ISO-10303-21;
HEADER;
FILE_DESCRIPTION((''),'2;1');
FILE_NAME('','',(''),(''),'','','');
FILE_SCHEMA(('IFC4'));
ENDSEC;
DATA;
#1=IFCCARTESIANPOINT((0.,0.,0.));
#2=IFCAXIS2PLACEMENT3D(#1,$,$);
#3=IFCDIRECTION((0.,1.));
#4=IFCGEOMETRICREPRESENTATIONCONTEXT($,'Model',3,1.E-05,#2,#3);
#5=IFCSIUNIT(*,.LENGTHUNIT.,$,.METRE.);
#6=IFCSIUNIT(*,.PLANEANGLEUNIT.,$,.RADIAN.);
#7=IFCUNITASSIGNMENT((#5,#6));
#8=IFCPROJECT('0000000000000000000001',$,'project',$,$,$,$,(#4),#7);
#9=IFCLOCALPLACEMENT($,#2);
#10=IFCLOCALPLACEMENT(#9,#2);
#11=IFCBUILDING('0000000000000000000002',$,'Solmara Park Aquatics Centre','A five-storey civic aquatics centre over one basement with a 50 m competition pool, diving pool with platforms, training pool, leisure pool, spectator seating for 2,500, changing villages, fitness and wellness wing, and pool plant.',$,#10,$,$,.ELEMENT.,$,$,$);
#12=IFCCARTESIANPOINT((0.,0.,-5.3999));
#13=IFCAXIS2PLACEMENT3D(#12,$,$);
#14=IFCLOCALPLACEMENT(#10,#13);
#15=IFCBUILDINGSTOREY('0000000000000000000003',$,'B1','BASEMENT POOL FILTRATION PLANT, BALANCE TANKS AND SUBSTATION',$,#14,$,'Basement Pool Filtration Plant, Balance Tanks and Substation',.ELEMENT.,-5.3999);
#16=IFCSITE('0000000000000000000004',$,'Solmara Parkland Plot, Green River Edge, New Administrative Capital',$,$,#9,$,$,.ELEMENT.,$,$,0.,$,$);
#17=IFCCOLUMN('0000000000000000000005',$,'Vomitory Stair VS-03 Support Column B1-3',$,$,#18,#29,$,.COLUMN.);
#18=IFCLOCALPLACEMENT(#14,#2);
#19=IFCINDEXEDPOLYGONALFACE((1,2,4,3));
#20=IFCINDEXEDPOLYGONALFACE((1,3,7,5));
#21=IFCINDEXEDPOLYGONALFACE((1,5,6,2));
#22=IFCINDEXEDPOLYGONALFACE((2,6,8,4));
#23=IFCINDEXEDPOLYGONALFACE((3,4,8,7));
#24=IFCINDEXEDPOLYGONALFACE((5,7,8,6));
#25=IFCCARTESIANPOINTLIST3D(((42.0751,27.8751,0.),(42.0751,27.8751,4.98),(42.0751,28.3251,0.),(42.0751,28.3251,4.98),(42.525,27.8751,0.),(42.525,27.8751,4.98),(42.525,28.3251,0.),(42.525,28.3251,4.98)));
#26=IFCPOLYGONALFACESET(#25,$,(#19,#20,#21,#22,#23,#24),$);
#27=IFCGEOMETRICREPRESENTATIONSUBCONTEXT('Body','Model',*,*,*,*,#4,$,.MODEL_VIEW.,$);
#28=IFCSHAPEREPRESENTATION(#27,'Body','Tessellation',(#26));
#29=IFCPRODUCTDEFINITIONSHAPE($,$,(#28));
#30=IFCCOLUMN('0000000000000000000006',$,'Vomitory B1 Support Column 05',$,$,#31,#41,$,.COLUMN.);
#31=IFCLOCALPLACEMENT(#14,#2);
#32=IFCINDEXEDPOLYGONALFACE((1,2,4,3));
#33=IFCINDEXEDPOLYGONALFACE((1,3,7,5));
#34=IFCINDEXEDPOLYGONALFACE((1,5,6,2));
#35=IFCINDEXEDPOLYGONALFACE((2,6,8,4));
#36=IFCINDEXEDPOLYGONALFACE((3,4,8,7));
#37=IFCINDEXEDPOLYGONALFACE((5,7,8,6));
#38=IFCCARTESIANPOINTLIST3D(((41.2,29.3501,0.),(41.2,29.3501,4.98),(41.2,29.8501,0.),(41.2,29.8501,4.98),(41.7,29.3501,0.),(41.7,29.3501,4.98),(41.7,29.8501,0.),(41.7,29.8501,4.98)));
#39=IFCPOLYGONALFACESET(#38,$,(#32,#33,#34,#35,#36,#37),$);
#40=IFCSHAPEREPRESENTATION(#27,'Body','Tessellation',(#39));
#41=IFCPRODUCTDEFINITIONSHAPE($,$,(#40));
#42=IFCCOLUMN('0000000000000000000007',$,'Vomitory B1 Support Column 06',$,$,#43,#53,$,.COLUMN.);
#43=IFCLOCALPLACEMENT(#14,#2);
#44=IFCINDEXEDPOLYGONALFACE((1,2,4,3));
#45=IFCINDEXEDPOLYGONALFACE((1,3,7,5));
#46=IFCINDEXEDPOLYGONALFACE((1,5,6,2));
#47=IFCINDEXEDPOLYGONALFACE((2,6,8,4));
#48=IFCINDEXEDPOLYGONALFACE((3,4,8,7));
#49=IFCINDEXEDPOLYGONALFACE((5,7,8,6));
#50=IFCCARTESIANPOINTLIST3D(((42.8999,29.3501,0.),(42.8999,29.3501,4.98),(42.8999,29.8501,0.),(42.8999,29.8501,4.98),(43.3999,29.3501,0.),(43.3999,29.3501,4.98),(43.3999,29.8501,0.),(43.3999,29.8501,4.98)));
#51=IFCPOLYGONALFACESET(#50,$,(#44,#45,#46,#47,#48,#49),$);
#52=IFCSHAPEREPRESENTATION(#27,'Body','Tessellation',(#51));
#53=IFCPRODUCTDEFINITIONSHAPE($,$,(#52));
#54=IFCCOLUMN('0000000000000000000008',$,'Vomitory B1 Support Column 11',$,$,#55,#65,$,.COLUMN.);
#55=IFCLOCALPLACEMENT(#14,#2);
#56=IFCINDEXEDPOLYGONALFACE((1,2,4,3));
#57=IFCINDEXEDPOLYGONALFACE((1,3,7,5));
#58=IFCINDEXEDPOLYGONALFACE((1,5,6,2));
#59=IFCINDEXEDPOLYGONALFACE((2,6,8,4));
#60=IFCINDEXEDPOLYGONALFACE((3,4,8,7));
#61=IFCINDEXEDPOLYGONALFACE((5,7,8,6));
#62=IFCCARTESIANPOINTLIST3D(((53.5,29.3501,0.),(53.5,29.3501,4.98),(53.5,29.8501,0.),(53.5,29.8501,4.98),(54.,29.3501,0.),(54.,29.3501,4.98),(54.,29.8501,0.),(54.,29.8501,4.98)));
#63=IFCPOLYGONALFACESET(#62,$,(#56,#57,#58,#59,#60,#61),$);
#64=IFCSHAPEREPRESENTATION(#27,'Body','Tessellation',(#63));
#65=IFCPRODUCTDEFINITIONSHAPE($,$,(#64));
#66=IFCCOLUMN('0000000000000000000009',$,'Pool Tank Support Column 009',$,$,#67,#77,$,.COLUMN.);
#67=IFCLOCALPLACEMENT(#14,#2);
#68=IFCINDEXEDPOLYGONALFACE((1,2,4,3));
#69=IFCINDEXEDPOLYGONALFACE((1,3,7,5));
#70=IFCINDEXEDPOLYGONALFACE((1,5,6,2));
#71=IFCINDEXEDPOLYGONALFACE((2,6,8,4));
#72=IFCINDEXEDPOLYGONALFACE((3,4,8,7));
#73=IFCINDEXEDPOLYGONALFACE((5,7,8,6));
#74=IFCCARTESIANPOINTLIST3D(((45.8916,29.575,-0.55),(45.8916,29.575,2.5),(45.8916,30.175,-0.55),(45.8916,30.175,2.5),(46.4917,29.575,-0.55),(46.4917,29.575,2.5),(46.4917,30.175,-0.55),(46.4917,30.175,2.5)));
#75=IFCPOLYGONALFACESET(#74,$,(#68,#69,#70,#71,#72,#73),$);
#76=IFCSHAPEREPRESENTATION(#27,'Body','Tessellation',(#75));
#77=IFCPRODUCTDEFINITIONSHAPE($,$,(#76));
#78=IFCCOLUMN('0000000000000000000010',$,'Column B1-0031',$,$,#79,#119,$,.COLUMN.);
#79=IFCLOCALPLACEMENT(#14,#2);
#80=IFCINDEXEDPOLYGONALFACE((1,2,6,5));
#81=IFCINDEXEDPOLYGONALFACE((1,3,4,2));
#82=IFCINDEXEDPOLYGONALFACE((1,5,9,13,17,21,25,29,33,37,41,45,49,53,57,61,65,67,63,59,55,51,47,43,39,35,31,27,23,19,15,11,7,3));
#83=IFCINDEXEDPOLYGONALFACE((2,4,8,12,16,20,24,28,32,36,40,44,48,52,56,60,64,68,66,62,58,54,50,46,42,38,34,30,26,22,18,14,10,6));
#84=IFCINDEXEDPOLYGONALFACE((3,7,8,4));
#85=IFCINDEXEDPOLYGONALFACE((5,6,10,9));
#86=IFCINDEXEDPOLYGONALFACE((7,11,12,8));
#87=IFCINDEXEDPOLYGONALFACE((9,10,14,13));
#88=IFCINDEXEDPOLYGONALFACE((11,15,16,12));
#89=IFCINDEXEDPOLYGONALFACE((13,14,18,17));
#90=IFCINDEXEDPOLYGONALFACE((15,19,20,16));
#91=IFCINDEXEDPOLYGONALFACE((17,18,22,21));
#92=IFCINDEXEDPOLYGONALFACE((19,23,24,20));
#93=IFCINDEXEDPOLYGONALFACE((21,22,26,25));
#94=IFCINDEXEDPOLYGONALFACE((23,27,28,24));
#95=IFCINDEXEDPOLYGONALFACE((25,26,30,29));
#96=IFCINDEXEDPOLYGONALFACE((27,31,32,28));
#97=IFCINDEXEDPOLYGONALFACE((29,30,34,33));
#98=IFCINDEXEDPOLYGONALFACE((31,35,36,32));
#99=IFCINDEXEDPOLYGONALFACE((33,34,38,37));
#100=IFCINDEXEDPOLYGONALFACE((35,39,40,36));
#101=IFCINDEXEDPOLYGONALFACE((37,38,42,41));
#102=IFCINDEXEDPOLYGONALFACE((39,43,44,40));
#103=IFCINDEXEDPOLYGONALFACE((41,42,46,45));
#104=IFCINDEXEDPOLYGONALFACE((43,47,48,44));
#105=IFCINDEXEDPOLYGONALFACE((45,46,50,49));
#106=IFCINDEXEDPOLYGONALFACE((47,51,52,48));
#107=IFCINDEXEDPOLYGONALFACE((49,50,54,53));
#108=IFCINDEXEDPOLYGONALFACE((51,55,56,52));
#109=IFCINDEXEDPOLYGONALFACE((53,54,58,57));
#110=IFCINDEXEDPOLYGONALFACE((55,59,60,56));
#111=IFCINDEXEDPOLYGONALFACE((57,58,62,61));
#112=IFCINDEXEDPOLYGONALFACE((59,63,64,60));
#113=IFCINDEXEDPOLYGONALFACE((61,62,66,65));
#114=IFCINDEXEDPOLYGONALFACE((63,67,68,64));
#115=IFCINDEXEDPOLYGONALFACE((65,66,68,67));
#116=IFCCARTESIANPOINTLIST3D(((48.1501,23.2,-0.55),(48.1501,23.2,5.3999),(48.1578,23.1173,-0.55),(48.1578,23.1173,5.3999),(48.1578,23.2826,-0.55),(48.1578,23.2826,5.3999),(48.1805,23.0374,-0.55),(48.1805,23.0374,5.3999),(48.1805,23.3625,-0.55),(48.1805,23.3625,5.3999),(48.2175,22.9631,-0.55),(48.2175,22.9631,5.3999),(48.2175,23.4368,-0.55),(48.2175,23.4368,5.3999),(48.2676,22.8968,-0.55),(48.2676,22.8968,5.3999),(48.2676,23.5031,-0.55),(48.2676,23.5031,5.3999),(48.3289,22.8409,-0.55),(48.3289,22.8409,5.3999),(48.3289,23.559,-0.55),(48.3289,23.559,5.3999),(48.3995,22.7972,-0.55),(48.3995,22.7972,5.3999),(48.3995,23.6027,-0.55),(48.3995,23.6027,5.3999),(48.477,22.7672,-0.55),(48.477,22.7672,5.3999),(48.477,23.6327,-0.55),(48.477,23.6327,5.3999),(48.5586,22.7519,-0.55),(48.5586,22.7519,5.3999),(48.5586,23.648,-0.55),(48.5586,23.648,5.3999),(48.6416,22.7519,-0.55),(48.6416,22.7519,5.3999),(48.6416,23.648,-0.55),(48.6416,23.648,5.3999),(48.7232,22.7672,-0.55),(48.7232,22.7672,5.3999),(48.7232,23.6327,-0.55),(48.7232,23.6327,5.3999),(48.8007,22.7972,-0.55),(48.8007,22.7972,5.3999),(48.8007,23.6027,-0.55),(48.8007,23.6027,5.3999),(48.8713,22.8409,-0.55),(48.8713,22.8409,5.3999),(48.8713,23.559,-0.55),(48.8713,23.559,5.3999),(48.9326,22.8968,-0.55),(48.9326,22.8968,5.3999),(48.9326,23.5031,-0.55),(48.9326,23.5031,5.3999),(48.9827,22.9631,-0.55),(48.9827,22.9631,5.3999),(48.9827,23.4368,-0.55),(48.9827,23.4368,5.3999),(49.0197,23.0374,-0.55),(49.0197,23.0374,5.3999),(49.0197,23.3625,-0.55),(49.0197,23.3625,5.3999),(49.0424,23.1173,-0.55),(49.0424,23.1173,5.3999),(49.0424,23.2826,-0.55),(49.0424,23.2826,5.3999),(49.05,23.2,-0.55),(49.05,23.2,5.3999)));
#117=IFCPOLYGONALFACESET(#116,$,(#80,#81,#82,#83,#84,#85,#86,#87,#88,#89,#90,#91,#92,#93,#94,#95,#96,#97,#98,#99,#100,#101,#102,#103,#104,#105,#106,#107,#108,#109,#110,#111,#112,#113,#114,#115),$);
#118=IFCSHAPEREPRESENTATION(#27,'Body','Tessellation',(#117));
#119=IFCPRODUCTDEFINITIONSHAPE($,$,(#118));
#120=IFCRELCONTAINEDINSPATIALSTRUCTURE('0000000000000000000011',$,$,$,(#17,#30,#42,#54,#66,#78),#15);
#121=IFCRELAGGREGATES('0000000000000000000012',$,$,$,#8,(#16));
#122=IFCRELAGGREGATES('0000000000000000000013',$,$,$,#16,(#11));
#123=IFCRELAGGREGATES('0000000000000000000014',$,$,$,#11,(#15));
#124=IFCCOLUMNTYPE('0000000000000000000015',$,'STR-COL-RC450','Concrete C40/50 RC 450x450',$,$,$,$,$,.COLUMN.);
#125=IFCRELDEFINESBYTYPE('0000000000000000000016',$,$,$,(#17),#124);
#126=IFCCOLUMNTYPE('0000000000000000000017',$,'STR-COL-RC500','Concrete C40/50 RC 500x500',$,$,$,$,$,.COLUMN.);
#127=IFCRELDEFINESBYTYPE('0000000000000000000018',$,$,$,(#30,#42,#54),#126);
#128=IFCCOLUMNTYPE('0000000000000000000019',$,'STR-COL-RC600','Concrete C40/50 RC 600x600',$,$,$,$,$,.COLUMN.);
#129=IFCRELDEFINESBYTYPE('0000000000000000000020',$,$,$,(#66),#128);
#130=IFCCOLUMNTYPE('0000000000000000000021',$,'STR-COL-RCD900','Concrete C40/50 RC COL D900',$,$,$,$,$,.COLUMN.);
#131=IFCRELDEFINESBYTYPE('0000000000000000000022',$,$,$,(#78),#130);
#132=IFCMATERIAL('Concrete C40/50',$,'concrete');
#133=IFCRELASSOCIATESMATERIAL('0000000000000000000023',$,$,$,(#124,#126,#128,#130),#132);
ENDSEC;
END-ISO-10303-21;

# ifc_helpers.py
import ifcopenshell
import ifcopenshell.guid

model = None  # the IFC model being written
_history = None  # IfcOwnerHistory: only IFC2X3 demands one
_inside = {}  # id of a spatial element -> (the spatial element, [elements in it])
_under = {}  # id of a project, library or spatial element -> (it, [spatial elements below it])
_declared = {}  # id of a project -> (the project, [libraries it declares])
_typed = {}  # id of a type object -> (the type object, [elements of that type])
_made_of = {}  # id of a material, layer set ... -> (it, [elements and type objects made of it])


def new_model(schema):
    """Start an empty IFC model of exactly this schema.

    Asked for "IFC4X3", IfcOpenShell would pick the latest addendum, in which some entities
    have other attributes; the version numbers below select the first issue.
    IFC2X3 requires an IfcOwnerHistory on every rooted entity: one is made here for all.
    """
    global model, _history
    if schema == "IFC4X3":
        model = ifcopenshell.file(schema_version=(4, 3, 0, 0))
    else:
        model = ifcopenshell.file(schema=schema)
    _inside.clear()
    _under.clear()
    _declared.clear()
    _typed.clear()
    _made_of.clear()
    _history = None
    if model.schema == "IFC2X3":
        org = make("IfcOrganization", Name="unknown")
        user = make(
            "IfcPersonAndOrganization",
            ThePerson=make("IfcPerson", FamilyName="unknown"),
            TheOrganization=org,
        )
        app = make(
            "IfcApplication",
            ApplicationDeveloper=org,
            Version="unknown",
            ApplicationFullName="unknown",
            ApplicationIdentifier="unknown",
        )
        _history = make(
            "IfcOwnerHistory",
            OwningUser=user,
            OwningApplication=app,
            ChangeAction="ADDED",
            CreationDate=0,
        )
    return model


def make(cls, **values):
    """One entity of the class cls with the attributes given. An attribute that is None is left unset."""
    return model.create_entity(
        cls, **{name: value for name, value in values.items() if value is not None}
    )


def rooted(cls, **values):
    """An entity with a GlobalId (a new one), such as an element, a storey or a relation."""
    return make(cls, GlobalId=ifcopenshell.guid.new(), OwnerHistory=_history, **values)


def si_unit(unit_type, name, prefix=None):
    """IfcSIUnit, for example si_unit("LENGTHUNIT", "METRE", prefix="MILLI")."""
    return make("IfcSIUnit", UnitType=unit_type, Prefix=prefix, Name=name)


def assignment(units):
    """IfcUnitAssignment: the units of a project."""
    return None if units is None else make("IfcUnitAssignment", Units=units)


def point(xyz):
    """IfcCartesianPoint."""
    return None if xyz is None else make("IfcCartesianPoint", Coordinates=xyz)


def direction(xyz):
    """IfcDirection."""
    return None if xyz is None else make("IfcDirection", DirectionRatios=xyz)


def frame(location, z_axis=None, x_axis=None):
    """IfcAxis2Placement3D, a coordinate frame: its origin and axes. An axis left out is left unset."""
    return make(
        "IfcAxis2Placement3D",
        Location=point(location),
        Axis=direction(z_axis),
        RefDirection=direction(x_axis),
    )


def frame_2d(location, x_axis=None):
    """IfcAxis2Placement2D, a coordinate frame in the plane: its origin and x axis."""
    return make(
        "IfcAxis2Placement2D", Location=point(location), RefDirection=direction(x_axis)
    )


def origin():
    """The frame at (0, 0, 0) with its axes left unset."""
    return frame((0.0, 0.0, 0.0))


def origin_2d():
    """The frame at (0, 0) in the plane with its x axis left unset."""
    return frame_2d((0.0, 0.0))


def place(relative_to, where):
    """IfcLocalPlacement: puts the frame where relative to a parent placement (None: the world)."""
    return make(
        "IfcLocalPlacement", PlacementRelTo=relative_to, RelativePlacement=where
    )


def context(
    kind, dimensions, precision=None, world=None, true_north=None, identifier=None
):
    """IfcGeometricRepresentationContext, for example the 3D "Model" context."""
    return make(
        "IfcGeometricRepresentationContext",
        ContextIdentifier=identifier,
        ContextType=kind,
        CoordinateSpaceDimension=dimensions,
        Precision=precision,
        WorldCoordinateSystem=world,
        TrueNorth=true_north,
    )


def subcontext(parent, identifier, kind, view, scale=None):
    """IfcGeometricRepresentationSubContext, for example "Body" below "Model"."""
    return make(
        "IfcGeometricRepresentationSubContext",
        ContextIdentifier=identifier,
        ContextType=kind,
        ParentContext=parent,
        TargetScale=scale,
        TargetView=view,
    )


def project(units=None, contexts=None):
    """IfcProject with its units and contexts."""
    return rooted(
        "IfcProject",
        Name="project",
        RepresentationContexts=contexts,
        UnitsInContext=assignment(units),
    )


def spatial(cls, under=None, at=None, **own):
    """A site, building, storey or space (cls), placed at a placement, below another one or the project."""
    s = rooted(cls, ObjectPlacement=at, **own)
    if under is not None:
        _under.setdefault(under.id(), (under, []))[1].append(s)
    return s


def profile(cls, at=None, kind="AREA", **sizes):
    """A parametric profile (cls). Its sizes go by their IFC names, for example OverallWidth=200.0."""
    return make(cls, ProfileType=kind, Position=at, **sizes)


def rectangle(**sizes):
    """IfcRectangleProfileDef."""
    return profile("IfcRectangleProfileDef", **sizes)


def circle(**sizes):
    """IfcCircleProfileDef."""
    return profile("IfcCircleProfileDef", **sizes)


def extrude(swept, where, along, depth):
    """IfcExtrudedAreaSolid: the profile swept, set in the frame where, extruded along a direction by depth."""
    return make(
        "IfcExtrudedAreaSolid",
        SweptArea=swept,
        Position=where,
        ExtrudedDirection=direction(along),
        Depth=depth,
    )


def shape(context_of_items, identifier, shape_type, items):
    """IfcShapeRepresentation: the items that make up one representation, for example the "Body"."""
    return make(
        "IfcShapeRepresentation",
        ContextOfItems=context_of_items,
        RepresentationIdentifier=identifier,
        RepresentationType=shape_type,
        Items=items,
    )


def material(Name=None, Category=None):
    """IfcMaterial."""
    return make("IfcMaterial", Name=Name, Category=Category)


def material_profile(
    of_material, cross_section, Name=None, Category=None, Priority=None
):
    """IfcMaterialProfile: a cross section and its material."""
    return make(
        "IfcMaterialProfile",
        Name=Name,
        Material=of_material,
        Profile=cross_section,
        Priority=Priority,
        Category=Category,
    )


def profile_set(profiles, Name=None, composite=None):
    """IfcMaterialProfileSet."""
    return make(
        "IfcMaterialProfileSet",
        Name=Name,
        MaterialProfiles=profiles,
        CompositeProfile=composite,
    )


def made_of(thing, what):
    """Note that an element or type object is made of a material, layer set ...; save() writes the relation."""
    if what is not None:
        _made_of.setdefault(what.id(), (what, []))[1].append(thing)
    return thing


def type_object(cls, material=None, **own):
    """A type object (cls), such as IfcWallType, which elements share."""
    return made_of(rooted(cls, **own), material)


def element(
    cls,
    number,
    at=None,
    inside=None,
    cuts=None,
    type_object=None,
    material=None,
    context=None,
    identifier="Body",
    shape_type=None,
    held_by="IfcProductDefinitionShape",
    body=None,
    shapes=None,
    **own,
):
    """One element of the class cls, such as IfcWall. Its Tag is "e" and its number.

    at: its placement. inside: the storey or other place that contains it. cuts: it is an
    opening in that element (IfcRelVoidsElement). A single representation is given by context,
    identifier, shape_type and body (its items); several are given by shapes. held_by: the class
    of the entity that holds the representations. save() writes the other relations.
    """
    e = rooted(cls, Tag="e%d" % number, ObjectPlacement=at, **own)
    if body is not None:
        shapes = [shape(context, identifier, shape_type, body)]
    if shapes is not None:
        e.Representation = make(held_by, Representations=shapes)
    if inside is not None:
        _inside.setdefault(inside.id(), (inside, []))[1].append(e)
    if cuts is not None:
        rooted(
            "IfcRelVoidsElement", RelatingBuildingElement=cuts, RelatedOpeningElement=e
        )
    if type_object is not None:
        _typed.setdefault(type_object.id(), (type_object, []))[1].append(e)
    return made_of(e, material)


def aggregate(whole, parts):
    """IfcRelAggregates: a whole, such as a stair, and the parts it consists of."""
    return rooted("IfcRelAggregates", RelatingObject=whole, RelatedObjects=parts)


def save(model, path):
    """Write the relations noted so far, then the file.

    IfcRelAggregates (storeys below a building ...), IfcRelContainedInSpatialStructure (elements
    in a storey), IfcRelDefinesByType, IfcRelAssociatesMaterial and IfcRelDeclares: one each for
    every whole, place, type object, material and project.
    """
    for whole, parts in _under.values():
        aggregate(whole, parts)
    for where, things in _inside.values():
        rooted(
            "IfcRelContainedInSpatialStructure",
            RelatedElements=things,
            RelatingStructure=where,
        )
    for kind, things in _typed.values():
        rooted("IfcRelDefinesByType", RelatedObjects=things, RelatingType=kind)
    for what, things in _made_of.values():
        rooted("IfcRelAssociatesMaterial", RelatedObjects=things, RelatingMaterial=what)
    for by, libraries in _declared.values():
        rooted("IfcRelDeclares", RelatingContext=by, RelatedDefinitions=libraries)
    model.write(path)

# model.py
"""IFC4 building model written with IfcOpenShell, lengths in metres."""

from ifc_helpers import new_model, si_unit, direction, frame, origin, origin_2d, place, context, subcontext, project, spatial, rectangle, circle, extrude, material, material_profile, profile_set, type_object, element, save


model = new_model("IFC4")

# Units and contexts
model_context = context("Model", 3, precision=1e-05, world=origin(), true_north=direction((0.0, 1.0)))
body_context = subcontext(model_context, "Body", "Model", "MODEL_VIEW")
ifc_project = project(units=[si_unit("LENGTHUNIT", "METRE"), si_unit("PLANEANGLEUNIT", "RADIAN")], contexts=[model_context])

# Site, building, storey
site_placement = place(None, origin())
site = spatial("IfcSite", under=ifc_project, at=site_placement, Name="Solmara Parkland Plot, Green River Edge, New Administrative Capital", CompositionType="ELEMENT", RefElevation=0.0)
building_placement = place(site_placement, origin())
building = spatial("IfcBuilding", under=site, at=building_placement, Name="Solmara Park Aquatics Centre", Description="A five-storey civic aquatics centre over one basement with a 50 m competition pool, diving pool with platforms, training pool, leisure pool, spectator seating for 2,500, changing villages, fitness and wellness wing, and pool plant.", CompositionType="ELEMENT")
storey_placement = place(building_placement, frame((0.0, 0.0, -5.3999)))
storey = spatial("IfcBuildingStorey", under=building, at=storey_placement, Name="B1", Description="BASEMENT POOL FILTRATION PLANT, BALANCE TANKS AND SUBSTATION", LongName="Basement Pool Filtration Plant, Balance Tanks and Substation", CompositionType="ELEMENT", Elevation=-5.3999)

# Columns
ifc_material_1 = material(Name="Concrete C40/50", Category="concrete")
ifc_material_profile_1 = material_profile(ifc_material_1, rectangle(XDim=0.45, YDim=0.45, at=origin_2d()), Name="RC 450x450")
ifc_profile_set_1 = profile_set([ifc_material_profile_1], Name="Concrete C40/50")
column_type_1 = type_object("IfcColumnType", Name="STR-COL-RC450", Description="Concrete C40/50 RC 450x450", PredefinedType="COLUMN", material=ifc_profile_set_1)
column_1_placement = place(storey_placement, frame((42.3, 28.1001, 0.0), z_axis=(0.0, 0.0, 1.0), x_axis=(1.0, 0.0, 0.0)))
element("IfcColumn", 1, at=column_1_placement, inside=storey, type_object=column_type_1, Name="Vomitory Stair VS-03 Support Column B1-3", PredefinedType="COLUMN", context=body_context, shape_type="SweptSolid", body=[
    extrude(rectangle(XDim=0.45, YDim=0.45, at=origin_2d()), origin(), (0.0, 0.0, 1.0), 4.98),
])
ifc_material_profile_2 = material_profile(ifc_material_1, rectangle(XDim=0.5, YDim=0.5, at=origin_2d()), Name="RC 500x500")
ifc_profile_set_2 = profile_set([ifc_material_profile_2], Name="Concrete C40/50")
column_type_2 = type_object("IfcColumnType", Name="STR-COL-RC500", Description="Concrete C40/50 RC 500x500", PredefinedType="COLUMN", material=ifc_profile_set_2)
for number, where, z_axis, x_axis, name in (
    (2, (41.45, 29.6001, 0.0), (0.0, 0.0, 1.0), (1.0, 0.0, 0.0), "Vomitory B1 Support Column 05"),
    (3, (43.1499, 29.6001, 0.0), (0.0, 0.0, 1.0), (1.0, 0.0, 0.0), "Vomitory B1 Support Column 06"),
    (4, (53.75, 29.6001, 0.0), (0.0, 0.0, 1.0), (1.0, 0.0, 0.0), "Vomitory B1 Support Column 11"),
):
    element("IfcColumn", number, at=place(storey_placement, frame(where, z_axis=z_axis, x_axis=x_axis)), inside=storey, type_object=column_type_2, Name=name, PredefinedType="COLUMN", context=body_context, shape_type="SweptSolid", body=[
        extrude(rectangle(XDim=0.5, YDim=0.5, at=origin_2d()), origin(), (0.0, 0.0, 1.0), 4.98),
    ])
ifc_material_profile_3 = material_profile(ifc_material_1, rectangle(XDim=0.6001, YDim=0.6001, at=origin_2d()), Name="RC 600x600")
ifc_profile_set_3 = profile_set([ifc_material_profile_3], Name="Concrete C40/50")
column_type_3 = type_object("IfcColumnType", Name="STR-COL-RC600", Description="Concrete C40/50 RC 600x600", PredefinedType="COLUMN", material=ifc_profile_set_3)
column_2_placement = place(storey_placement, frame((46.1917, 29.875, -0.55), z_axis=(0.0, 0.0, 1.0), x_axis=(1.0, 0.0, 0.0)))
element("IfcColumn", 5, at=column_2_placement, inside=storey, type_object=column_type_3, Name="Pool Tank Support Column 009", PredefinedType="COLUMN", context=body_context, shape_type="SweptSolid", body=[
    extrude(rectangle(XDim=0.6001, YDim=0.6001, at=origin_2d()), origin(), (0.0, 0.0, 1.0), 3.05),
])
ifc_material_profile_4 = material_profile(ifc_material_1, circle(Radius=0.45, at=origin_2d()), Name="RC COL D900")
ifc_profile_set_4 = profile_set([ifc_material_profile_4], Name="Concrete C40/50")
column_type_4 = type_object("IfcColumnType", Name="STR-COL-RCD900", Description="Concrete C40/50 RC COL D900", PredefinedType="COLUMN", material=ifc_profile_set_4)
column_3_placement = place(storey_placement, frame((48.6001, 23.2, -0.55), z_axis=(0.0, 0.0, 1.0), x_axis=(1.0, 0.0, 0.0)))
element("IfcColumn", 6, at=column_3_placement, inside=storey, type_object=column_type_4, Name="Column B1-0031", PredefinedType="COLUMN", context=body_context, shape_type="SweptSolid", body=[
    extrude(circle(Radius=0.45, at=origin_2d()), origin(), (0.0, 0.0, 1.0), 5.95),
])

save(model, "model.ifc")
